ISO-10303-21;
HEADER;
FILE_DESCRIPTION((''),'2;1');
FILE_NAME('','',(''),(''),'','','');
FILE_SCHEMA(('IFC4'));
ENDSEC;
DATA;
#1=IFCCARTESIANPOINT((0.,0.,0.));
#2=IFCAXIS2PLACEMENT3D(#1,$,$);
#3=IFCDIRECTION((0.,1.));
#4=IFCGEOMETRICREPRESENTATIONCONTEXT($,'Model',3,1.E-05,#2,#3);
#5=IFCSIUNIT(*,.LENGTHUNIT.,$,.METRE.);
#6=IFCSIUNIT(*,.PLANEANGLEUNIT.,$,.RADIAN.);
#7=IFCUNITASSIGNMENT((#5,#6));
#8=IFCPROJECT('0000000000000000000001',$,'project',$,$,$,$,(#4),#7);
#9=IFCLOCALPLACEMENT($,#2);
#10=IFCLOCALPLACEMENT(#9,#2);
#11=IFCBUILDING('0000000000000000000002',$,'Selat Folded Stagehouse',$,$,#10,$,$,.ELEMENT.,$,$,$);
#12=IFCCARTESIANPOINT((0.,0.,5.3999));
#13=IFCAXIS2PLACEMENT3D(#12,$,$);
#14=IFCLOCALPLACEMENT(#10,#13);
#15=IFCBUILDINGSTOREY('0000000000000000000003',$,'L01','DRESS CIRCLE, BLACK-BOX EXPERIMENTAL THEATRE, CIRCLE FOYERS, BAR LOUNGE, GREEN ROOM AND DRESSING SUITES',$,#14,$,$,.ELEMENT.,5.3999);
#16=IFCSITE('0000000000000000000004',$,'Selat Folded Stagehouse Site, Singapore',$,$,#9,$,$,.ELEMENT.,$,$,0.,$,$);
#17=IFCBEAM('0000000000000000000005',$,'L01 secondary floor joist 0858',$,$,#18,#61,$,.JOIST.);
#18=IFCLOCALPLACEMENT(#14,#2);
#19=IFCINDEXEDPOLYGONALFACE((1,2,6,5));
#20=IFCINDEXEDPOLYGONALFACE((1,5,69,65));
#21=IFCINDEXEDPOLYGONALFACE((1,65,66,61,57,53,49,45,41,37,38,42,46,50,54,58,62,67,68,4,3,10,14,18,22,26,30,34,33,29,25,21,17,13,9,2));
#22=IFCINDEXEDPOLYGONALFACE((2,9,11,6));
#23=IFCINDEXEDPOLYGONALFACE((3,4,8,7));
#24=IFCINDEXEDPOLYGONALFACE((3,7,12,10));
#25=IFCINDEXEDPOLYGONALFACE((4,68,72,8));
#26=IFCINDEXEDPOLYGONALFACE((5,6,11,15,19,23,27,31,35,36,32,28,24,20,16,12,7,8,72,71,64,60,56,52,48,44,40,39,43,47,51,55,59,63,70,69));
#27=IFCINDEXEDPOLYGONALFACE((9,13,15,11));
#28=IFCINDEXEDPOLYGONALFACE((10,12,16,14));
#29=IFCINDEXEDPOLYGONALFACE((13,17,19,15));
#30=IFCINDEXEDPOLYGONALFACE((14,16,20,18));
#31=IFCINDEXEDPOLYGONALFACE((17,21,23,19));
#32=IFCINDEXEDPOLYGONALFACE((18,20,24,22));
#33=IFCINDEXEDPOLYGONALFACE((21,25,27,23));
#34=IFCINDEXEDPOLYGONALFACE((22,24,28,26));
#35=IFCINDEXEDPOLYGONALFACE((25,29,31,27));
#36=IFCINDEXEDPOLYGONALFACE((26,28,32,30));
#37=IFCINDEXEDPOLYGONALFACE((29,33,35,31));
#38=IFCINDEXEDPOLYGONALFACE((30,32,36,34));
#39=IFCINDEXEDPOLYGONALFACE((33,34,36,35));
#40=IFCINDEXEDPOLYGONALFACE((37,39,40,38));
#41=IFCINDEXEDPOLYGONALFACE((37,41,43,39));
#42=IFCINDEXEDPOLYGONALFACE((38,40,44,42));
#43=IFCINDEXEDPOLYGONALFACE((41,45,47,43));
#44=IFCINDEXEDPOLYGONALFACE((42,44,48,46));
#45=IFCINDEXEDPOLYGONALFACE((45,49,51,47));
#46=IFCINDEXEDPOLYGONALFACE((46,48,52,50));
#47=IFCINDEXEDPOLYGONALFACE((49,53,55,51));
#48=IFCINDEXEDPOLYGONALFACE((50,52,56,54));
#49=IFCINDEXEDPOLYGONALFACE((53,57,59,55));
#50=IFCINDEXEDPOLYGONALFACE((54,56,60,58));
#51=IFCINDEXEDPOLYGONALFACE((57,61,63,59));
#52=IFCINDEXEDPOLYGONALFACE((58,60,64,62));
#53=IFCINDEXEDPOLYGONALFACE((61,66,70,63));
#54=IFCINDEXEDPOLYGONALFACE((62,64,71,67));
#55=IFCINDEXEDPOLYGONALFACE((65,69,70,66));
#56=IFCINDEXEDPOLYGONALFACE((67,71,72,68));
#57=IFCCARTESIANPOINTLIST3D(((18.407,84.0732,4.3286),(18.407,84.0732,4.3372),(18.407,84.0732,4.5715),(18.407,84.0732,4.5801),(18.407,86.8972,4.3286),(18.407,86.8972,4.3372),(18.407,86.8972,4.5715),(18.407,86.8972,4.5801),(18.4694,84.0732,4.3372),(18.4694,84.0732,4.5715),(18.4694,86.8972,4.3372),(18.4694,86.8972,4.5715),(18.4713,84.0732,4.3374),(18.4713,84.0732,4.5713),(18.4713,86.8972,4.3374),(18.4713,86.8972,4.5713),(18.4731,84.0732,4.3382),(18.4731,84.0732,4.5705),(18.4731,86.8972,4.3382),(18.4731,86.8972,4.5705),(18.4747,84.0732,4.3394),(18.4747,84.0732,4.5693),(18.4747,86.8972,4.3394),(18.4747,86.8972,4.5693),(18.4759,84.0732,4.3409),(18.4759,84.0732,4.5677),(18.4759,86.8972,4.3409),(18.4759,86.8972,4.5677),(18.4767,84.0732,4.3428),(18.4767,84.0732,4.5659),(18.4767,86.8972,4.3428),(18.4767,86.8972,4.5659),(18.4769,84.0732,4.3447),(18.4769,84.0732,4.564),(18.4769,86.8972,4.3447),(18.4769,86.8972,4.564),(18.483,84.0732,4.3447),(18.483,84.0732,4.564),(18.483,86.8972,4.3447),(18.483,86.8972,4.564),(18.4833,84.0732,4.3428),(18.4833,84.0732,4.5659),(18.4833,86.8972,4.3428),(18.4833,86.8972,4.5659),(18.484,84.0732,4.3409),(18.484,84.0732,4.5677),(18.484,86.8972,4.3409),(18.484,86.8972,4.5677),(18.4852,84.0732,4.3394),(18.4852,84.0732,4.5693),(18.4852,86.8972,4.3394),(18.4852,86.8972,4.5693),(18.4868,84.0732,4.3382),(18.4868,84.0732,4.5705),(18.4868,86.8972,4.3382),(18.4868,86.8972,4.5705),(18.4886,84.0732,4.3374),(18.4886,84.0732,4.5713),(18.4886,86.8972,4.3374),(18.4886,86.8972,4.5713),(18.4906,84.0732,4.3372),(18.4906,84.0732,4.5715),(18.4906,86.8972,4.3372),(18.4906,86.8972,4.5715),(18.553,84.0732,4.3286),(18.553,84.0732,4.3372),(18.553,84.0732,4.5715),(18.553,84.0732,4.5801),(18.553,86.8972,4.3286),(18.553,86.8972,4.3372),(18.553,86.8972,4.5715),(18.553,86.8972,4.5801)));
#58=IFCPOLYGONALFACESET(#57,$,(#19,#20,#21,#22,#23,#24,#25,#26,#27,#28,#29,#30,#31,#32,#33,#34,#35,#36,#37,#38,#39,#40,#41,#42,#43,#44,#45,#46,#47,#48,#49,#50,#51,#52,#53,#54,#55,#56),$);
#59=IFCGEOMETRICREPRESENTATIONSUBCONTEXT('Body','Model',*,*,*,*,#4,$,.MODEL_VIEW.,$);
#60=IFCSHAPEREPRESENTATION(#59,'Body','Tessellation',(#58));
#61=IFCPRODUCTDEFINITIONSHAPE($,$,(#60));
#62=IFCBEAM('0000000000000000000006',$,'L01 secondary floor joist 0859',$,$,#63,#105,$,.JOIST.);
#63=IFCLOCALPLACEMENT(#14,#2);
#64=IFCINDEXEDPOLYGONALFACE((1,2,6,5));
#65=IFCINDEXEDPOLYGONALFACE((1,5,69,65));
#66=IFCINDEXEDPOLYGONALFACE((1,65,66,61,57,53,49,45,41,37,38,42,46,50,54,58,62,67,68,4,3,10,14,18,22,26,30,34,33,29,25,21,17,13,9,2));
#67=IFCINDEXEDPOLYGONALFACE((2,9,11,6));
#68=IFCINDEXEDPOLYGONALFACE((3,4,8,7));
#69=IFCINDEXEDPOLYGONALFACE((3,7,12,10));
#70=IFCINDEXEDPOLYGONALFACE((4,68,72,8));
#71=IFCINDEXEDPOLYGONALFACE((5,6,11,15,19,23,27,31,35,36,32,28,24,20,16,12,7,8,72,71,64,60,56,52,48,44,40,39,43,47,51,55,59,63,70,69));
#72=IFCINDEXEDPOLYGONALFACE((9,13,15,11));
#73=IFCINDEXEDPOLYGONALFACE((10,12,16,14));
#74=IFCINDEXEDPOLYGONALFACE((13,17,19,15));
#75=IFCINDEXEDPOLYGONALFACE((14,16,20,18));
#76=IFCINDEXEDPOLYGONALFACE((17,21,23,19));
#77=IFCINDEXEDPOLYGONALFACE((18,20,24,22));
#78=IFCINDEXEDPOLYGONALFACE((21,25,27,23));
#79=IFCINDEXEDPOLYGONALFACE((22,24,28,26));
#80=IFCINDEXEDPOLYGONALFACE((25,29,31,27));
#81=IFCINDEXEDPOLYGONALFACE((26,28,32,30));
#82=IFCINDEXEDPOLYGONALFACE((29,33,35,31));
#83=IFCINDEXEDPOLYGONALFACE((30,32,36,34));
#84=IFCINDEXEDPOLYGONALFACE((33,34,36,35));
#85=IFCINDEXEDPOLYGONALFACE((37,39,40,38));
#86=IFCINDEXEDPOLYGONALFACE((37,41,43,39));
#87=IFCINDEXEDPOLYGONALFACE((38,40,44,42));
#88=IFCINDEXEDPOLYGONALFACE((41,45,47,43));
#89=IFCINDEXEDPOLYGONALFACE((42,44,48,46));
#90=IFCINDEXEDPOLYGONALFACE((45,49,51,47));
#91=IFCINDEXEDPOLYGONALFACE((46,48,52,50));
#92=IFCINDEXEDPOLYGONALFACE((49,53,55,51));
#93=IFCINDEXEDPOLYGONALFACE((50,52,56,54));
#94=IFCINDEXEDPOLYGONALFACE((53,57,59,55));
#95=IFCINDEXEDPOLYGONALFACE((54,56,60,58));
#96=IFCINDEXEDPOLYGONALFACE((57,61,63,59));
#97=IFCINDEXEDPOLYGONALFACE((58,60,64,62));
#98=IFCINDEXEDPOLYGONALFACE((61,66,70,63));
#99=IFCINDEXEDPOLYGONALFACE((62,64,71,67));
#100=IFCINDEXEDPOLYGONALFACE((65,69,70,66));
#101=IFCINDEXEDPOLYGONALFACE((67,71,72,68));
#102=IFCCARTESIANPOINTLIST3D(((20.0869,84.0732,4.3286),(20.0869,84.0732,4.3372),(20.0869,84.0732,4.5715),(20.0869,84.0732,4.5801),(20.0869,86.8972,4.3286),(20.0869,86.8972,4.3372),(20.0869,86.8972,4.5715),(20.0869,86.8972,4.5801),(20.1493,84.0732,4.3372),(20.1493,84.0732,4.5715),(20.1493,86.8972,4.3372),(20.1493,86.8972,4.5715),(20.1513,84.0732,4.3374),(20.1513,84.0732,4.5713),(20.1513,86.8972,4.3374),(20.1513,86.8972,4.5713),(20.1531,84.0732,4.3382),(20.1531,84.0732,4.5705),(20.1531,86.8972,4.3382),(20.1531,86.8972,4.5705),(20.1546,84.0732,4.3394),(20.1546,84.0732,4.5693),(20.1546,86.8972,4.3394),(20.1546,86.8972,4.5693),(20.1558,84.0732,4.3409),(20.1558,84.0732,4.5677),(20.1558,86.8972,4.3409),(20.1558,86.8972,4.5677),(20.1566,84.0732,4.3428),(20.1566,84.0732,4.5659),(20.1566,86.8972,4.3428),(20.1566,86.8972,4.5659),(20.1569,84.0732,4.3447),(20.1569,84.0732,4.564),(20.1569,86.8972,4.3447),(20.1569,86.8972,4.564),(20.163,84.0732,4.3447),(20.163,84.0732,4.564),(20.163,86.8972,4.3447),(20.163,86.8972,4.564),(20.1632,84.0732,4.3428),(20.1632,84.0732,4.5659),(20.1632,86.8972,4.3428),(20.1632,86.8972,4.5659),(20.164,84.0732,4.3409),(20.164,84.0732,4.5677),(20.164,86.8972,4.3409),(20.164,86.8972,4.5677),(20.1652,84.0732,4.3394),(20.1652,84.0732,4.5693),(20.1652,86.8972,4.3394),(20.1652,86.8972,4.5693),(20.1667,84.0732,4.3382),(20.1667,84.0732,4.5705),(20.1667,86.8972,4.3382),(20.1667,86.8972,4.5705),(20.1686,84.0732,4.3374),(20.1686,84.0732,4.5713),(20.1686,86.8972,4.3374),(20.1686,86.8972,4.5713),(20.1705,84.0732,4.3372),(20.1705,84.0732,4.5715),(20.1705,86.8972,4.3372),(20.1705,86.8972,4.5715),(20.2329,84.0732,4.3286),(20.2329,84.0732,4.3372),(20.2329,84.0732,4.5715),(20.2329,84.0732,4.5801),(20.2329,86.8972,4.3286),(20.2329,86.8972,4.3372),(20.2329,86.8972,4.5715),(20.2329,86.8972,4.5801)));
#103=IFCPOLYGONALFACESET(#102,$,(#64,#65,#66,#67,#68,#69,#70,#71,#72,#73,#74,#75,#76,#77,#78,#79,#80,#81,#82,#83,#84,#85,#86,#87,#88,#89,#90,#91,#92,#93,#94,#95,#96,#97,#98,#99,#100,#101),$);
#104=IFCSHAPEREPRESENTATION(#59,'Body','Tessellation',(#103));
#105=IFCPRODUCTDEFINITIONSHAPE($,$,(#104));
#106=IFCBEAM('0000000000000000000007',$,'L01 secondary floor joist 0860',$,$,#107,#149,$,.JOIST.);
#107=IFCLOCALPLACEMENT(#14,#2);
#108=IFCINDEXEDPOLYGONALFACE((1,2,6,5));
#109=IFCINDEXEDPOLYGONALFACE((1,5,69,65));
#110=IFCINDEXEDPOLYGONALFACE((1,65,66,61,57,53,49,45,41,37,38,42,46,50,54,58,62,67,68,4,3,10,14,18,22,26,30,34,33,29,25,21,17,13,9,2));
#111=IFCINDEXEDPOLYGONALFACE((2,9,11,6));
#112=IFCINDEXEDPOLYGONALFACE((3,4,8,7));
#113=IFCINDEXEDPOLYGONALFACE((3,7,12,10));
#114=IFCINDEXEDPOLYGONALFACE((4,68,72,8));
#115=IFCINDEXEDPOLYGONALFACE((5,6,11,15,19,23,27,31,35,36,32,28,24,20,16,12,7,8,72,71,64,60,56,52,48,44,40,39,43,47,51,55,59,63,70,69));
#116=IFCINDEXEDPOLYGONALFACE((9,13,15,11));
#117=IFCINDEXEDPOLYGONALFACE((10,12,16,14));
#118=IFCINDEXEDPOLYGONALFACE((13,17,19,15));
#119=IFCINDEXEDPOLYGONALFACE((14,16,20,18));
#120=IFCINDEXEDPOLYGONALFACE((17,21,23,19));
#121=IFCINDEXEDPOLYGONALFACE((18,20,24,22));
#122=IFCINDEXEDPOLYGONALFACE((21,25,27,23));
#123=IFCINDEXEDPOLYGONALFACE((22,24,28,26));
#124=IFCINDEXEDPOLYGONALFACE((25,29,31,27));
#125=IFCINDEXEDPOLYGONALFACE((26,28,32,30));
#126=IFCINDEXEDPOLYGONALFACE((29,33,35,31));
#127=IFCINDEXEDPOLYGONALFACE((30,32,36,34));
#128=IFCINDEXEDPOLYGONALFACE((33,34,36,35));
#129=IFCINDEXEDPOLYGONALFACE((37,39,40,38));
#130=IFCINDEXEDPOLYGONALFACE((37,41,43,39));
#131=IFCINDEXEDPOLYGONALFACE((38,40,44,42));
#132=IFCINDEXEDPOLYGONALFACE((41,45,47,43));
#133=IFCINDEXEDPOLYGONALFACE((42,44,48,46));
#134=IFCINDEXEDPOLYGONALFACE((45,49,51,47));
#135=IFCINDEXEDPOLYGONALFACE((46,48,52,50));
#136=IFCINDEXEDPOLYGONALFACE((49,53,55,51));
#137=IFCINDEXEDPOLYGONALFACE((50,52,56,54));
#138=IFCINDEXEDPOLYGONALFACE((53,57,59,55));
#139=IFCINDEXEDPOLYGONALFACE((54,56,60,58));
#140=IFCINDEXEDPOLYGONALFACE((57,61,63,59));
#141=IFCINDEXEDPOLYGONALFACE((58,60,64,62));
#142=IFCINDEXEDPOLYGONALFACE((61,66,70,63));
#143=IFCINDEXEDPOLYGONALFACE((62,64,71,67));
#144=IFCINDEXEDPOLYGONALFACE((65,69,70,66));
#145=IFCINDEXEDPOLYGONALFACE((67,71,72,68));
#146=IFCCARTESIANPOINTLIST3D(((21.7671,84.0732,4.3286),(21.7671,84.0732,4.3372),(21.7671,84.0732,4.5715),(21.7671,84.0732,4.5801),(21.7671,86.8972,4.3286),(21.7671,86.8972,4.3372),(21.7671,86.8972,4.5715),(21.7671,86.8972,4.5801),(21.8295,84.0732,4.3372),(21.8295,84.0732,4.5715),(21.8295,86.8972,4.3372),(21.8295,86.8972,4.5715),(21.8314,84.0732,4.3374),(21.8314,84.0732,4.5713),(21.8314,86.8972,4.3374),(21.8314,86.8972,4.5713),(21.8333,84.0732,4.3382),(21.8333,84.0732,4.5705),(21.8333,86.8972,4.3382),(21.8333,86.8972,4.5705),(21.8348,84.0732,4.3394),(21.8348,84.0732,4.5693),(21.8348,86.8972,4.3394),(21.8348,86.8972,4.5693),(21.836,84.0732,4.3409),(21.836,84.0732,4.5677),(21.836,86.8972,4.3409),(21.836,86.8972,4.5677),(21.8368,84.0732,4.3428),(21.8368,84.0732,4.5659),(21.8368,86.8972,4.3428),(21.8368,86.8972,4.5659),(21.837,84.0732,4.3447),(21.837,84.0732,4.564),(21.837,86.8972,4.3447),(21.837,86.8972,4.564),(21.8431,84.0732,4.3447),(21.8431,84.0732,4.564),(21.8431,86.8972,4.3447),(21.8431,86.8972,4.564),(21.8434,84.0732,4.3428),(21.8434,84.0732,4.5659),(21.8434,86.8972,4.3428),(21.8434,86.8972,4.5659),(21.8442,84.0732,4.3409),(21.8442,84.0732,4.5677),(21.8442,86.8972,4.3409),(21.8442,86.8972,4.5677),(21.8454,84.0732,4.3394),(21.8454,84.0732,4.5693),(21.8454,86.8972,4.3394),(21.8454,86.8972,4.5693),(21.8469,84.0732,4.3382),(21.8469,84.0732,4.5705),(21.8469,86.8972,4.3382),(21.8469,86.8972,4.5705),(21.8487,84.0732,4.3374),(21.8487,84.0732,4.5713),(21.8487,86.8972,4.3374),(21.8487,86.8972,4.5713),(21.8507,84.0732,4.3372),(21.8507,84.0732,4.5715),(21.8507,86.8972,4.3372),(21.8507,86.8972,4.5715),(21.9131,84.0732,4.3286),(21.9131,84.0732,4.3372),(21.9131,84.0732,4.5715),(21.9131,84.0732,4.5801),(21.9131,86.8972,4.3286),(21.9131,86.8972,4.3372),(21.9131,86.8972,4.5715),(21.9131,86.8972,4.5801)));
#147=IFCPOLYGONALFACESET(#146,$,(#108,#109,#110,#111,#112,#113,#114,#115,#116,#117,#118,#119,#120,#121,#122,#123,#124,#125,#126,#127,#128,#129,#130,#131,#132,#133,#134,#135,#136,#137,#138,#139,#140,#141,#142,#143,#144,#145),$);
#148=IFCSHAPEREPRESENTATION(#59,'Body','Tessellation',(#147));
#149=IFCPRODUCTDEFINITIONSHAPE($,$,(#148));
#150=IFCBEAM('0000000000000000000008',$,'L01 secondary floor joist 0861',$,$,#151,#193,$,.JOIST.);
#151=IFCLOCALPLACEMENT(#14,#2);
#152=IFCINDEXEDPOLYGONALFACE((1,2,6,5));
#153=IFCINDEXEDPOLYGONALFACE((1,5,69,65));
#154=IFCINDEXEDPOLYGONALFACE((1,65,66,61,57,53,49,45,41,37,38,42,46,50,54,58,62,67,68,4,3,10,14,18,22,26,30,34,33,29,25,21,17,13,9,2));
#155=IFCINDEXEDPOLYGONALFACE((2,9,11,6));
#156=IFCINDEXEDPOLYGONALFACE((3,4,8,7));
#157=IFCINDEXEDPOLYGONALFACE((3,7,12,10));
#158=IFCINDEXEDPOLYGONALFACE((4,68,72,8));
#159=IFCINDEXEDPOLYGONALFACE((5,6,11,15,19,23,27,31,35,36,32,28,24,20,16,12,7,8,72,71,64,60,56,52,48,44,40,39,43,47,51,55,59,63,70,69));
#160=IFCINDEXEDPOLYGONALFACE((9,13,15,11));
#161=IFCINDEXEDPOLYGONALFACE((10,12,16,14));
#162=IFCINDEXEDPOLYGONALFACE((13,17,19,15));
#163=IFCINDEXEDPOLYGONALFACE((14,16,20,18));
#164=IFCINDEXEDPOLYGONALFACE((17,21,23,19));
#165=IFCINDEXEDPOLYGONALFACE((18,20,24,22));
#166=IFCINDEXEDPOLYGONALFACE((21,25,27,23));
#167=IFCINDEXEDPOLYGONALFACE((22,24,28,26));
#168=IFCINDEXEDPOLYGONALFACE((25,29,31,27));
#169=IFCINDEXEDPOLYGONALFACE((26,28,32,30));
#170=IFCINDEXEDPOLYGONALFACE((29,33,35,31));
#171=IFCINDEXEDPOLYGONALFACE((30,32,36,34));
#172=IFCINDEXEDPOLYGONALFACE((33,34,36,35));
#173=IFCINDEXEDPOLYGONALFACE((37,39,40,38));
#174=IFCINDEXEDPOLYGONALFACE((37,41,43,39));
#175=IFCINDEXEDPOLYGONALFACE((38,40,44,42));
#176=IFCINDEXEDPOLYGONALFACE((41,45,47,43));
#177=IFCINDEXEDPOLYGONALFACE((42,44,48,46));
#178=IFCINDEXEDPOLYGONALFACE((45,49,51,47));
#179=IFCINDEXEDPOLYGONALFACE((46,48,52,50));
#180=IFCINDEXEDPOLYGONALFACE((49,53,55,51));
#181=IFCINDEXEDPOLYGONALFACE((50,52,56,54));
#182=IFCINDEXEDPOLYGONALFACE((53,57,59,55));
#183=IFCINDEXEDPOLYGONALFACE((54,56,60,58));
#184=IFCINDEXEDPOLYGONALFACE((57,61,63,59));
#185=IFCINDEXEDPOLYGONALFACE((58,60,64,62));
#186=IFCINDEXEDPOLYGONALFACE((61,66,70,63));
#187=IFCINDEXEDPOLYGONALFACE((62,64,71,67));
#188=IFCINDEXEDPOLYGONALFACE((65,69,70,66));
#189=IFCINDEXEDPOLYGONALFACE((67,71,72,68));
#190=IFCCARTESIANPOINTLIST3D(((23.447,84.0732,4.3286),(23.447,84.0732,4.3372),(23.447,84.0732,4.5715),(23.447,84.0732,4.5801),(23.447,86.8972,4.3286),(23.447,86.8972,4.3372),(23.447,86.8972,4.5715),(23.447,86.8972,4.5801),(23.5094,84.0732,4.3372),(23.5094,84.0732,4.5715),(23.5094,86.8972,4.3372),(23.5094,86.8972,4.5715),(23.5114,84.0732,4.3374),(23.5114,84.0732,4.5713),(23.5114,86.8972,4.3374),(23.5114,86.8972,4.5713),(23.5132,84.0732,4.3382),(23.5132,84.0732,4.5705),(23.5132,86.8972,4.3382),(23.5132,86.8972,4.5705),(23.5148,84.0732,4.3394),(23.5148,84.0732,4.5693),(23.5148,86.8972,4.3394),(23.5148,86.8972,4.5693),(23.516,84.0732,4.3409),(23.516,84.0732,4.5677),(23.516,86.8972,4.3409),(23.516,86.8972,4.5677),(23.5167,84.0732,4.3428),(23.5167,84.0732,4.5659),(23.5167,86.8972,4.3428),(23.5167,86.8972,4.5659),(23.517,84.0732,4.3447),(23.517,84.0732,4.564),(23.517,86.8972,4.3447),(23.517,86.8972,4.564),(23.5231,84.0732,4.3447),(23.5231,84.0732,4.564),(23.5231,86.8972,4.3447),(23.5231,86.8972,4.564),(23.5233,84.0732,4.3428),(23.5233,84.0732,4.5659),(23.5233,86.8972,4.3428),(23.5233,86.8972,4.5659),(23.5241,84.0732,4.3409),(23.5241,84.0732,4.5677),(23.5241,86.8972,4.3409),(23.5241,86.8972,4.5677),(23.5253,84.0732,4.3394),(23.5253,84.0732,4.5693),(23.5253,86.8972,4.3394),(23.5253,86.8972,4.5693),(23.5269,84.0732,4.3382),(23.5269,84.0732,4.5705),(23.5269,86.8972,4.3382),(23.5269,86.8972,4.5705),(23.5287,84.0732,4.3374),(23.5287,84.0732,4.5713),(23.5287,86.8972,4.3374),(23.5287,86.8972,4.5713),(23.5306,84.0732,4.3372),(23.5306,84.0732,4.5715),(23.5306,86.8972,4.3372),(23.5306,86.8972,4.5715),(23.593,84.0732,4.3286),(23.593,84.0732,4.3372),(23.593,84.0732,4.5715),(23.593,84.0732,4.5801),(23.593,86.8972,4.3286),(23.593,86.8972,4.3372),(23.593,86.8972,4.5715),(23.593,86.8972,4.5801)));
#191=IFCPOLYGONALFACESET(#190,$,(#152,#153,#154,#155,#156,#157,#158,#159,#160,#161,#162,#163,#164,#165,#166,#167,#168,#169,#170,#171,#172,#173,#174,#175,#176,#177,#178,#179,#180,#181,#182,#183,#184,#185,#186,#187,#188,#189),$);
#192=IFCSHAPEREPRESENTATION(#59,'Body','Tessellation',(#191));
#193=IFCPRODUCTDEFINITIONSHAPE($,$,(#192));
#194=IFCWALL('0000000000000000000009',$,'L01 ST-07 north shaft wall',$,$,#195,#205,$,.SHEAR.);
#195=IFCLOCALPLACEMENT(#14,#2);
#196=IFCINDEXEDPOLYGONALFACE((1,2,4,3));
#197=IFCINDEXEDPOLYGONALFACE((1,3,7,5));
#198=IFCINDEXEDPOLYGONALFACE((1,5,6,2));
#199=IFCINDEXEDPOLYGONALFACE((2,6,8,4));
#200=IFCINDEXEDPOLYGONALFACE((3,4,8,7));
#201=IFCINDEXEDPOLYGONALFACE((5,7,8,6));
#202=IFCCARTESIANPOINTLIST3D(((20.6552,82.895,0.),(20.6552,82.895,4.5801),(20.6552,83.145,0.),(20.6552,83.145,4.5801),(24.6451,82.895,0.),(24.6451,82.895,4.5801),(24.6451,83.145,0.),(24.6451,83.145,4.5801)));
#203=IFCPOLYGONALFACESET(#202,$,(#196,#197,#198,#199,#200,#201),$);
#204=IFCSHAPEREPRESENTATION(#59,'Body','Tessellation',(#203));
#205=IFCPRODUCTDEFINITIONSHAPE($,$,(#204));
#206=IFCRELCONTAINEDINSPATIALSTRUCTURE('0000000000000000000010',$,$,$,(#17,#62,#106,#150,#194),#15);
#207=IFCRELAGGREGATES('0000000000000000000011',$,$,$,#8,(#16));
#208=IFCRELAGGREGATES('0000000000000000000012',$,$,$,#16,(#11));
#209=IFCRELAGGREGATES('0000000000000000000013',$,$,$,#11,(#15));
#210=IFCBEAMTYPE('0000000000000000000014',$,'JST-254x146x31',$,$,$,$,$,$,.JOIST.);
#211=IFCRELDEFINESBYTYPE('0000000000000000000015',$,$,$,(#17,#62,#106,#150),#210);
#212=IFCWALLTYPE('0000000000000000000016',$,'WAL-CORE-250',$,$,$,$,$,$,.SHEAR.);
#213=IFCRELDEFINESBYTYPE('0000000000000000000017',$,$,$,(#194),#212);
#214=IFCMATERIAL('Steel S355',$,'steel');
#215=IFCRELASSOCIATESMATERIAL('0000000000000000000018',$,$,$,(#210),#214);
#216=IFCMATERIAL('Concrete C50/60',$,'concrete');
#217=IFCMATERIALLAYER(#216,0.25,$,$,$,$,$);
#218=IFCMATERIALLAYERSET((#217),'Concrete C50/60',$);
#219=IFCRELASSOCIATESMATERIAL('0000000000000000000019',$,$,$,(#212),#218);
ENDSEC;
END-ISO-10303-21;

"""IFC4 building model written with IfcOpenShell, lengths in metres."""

from ifc_helpers import new_model, si_unit, direction, frame, frame_2d, origin, origin_2d, place, context, subcontext, project, spatial, rectangle, i_section, extrude, material, layer, layer_set, material_profile, profile_set, type_object, element, save


model = new_model("IFC4")

# Units and contexts
model_context = context("Model", 3, precision=1e-05, world=origin(), true_north=direction((0.0, 1.0)))
body_context = subcontext(model_context, "Body", "Model", "MODEL_VIEW")
ifc_project = project(units=[si_unit("LENGTHUNIT", "METRE"), si_unit("PLANEANGLEUNIT", "RADIAN")], contexts=[model_context])

# Site, building, storey
site_placement = place(None, origin())
site = spatial("IfcSite", under=ifc_project, at=site_placement, Name="Selat Folded Stagehouse Site, Singapore", CompositionType="ELEMENT", RefElevation=0.0)
building_placement = place(site_placement, origin())
building = spatial("IfcBuilding", under=site, at=building_placement, Name="Selat Folded Stagehouse", CompositionType="ELEMENT")
storey_placement = place(building_placement, frame((0.0, 0.0, 5.3999)))
storey = spatial("IfcBuildingStorey", under=building, at=storey_placement, Name="L01", Description="DRESS CIRCLE, BLACK-BOX EXPERIMENTAL THEATRE, CIRCLE FOYERS, BAR LOUNGE, GREEN ROOM AND DRESSING SUITES", CompositionType="ELEMENT", Elevation=5.3999)

# Shared definitions
ifc_material_1 = material(Name="Steel S355", Category="steel")

# Beams
ifc_material_profile_1 = material_profile(ifc_material_1, i_section(OverallWidth=0.146, OverallDepth=0.2515, WebThickness=0.0061, FlangeThickness=0.0085, FilletRadius=0.0076, at=origin_2d()), Name="UKB 254x146x31")
ifc_profile_set_1 = profile_set([ifc_material_profile_1], Name="Steel S355")
beam_type_1 = type_object("IfcBeamType", Name="JST-254x146x31", PredefinedType="JOIST", material=ifc_profile_set_1)
for number, where, z_axis, x_axis, name in (
    (1, (18.48, 84.0732, 4.4543), (0.0, 1.0, 0.0), (-1.0, 0.0, 0.0), "L01 secondary floor joist 0858"),
    (2, (20.1599, 84.0732, 4.4543), (0.0, 1.0, 0.0), (-1.0, 0.0, 0.0), "L01 secondary floor joist 0859"),
    (3, (21.8401, 84.0732, 4.4543), (0.0, 1.0, 0.0), (-1.0, 0.0, 0.0), "L01 secondary floor joist 0860"),
    (4, (23.52, 84.0732, 4.4543), (0.0, 1.0, 0.0), (-1.0, 0.0, 0.0), "L01 secondary floor joist 0861"),
):
    element("IfcBeam", number, at=place(storey_placement, frame(where, z_axis=z_axis, x_axis=x_axis)), inside=storey, type_object=beam_type_1, Name=name, PredefinedType="JOIST", context=body_context, shape_type="SweptSolid", body=[
        extrude(i_section(OverallWidth=0.146, OverallDepth=0.2515, WebThickness=0.0061, FlangeThickness=0.0085, FilletRadius=0.0076, at=origin_2d()), origin(), (0.0, 0.0, 1.0), 2.824),
    ])

# Wall
ifc_material_2 = material(Name="Concrete C50/60", Category="concrete")
ifc_layer_1 = layer(ifc_material_2, 0.25)
ifc_layer_set_1 = layer_set([ifc_layer_1], Name="Concrete C50/60")
wall_type_1 = type_object("IfcWallType", Name="WAL-CORE-250", PredefinedType="SHEAR", material=ifc_layer_set_1)
wall_1_placement = place(storey_placement, frame((20.655, 83.02, 0.0), z_axis=(0.0, 0.0, 1.0), x_axis=(1.0, 0.0, 0.0)))
element("IfcWall", 5, at=wall_1_placement, inside=storey, type_object=wall_type_1, Name="L01 ST-07 north shaft wall", PredefinedType="SHEAR", context=body_context, shape_type="SweptSolid", body=[
    extrude(rectangle(XDim=3.99, YDim=0.25, at=frame_2d((1.9951, 0.0))), origin(), (0.0, 0.0, 1.0), 4.5801),
])

save(model, "model.ifc")
